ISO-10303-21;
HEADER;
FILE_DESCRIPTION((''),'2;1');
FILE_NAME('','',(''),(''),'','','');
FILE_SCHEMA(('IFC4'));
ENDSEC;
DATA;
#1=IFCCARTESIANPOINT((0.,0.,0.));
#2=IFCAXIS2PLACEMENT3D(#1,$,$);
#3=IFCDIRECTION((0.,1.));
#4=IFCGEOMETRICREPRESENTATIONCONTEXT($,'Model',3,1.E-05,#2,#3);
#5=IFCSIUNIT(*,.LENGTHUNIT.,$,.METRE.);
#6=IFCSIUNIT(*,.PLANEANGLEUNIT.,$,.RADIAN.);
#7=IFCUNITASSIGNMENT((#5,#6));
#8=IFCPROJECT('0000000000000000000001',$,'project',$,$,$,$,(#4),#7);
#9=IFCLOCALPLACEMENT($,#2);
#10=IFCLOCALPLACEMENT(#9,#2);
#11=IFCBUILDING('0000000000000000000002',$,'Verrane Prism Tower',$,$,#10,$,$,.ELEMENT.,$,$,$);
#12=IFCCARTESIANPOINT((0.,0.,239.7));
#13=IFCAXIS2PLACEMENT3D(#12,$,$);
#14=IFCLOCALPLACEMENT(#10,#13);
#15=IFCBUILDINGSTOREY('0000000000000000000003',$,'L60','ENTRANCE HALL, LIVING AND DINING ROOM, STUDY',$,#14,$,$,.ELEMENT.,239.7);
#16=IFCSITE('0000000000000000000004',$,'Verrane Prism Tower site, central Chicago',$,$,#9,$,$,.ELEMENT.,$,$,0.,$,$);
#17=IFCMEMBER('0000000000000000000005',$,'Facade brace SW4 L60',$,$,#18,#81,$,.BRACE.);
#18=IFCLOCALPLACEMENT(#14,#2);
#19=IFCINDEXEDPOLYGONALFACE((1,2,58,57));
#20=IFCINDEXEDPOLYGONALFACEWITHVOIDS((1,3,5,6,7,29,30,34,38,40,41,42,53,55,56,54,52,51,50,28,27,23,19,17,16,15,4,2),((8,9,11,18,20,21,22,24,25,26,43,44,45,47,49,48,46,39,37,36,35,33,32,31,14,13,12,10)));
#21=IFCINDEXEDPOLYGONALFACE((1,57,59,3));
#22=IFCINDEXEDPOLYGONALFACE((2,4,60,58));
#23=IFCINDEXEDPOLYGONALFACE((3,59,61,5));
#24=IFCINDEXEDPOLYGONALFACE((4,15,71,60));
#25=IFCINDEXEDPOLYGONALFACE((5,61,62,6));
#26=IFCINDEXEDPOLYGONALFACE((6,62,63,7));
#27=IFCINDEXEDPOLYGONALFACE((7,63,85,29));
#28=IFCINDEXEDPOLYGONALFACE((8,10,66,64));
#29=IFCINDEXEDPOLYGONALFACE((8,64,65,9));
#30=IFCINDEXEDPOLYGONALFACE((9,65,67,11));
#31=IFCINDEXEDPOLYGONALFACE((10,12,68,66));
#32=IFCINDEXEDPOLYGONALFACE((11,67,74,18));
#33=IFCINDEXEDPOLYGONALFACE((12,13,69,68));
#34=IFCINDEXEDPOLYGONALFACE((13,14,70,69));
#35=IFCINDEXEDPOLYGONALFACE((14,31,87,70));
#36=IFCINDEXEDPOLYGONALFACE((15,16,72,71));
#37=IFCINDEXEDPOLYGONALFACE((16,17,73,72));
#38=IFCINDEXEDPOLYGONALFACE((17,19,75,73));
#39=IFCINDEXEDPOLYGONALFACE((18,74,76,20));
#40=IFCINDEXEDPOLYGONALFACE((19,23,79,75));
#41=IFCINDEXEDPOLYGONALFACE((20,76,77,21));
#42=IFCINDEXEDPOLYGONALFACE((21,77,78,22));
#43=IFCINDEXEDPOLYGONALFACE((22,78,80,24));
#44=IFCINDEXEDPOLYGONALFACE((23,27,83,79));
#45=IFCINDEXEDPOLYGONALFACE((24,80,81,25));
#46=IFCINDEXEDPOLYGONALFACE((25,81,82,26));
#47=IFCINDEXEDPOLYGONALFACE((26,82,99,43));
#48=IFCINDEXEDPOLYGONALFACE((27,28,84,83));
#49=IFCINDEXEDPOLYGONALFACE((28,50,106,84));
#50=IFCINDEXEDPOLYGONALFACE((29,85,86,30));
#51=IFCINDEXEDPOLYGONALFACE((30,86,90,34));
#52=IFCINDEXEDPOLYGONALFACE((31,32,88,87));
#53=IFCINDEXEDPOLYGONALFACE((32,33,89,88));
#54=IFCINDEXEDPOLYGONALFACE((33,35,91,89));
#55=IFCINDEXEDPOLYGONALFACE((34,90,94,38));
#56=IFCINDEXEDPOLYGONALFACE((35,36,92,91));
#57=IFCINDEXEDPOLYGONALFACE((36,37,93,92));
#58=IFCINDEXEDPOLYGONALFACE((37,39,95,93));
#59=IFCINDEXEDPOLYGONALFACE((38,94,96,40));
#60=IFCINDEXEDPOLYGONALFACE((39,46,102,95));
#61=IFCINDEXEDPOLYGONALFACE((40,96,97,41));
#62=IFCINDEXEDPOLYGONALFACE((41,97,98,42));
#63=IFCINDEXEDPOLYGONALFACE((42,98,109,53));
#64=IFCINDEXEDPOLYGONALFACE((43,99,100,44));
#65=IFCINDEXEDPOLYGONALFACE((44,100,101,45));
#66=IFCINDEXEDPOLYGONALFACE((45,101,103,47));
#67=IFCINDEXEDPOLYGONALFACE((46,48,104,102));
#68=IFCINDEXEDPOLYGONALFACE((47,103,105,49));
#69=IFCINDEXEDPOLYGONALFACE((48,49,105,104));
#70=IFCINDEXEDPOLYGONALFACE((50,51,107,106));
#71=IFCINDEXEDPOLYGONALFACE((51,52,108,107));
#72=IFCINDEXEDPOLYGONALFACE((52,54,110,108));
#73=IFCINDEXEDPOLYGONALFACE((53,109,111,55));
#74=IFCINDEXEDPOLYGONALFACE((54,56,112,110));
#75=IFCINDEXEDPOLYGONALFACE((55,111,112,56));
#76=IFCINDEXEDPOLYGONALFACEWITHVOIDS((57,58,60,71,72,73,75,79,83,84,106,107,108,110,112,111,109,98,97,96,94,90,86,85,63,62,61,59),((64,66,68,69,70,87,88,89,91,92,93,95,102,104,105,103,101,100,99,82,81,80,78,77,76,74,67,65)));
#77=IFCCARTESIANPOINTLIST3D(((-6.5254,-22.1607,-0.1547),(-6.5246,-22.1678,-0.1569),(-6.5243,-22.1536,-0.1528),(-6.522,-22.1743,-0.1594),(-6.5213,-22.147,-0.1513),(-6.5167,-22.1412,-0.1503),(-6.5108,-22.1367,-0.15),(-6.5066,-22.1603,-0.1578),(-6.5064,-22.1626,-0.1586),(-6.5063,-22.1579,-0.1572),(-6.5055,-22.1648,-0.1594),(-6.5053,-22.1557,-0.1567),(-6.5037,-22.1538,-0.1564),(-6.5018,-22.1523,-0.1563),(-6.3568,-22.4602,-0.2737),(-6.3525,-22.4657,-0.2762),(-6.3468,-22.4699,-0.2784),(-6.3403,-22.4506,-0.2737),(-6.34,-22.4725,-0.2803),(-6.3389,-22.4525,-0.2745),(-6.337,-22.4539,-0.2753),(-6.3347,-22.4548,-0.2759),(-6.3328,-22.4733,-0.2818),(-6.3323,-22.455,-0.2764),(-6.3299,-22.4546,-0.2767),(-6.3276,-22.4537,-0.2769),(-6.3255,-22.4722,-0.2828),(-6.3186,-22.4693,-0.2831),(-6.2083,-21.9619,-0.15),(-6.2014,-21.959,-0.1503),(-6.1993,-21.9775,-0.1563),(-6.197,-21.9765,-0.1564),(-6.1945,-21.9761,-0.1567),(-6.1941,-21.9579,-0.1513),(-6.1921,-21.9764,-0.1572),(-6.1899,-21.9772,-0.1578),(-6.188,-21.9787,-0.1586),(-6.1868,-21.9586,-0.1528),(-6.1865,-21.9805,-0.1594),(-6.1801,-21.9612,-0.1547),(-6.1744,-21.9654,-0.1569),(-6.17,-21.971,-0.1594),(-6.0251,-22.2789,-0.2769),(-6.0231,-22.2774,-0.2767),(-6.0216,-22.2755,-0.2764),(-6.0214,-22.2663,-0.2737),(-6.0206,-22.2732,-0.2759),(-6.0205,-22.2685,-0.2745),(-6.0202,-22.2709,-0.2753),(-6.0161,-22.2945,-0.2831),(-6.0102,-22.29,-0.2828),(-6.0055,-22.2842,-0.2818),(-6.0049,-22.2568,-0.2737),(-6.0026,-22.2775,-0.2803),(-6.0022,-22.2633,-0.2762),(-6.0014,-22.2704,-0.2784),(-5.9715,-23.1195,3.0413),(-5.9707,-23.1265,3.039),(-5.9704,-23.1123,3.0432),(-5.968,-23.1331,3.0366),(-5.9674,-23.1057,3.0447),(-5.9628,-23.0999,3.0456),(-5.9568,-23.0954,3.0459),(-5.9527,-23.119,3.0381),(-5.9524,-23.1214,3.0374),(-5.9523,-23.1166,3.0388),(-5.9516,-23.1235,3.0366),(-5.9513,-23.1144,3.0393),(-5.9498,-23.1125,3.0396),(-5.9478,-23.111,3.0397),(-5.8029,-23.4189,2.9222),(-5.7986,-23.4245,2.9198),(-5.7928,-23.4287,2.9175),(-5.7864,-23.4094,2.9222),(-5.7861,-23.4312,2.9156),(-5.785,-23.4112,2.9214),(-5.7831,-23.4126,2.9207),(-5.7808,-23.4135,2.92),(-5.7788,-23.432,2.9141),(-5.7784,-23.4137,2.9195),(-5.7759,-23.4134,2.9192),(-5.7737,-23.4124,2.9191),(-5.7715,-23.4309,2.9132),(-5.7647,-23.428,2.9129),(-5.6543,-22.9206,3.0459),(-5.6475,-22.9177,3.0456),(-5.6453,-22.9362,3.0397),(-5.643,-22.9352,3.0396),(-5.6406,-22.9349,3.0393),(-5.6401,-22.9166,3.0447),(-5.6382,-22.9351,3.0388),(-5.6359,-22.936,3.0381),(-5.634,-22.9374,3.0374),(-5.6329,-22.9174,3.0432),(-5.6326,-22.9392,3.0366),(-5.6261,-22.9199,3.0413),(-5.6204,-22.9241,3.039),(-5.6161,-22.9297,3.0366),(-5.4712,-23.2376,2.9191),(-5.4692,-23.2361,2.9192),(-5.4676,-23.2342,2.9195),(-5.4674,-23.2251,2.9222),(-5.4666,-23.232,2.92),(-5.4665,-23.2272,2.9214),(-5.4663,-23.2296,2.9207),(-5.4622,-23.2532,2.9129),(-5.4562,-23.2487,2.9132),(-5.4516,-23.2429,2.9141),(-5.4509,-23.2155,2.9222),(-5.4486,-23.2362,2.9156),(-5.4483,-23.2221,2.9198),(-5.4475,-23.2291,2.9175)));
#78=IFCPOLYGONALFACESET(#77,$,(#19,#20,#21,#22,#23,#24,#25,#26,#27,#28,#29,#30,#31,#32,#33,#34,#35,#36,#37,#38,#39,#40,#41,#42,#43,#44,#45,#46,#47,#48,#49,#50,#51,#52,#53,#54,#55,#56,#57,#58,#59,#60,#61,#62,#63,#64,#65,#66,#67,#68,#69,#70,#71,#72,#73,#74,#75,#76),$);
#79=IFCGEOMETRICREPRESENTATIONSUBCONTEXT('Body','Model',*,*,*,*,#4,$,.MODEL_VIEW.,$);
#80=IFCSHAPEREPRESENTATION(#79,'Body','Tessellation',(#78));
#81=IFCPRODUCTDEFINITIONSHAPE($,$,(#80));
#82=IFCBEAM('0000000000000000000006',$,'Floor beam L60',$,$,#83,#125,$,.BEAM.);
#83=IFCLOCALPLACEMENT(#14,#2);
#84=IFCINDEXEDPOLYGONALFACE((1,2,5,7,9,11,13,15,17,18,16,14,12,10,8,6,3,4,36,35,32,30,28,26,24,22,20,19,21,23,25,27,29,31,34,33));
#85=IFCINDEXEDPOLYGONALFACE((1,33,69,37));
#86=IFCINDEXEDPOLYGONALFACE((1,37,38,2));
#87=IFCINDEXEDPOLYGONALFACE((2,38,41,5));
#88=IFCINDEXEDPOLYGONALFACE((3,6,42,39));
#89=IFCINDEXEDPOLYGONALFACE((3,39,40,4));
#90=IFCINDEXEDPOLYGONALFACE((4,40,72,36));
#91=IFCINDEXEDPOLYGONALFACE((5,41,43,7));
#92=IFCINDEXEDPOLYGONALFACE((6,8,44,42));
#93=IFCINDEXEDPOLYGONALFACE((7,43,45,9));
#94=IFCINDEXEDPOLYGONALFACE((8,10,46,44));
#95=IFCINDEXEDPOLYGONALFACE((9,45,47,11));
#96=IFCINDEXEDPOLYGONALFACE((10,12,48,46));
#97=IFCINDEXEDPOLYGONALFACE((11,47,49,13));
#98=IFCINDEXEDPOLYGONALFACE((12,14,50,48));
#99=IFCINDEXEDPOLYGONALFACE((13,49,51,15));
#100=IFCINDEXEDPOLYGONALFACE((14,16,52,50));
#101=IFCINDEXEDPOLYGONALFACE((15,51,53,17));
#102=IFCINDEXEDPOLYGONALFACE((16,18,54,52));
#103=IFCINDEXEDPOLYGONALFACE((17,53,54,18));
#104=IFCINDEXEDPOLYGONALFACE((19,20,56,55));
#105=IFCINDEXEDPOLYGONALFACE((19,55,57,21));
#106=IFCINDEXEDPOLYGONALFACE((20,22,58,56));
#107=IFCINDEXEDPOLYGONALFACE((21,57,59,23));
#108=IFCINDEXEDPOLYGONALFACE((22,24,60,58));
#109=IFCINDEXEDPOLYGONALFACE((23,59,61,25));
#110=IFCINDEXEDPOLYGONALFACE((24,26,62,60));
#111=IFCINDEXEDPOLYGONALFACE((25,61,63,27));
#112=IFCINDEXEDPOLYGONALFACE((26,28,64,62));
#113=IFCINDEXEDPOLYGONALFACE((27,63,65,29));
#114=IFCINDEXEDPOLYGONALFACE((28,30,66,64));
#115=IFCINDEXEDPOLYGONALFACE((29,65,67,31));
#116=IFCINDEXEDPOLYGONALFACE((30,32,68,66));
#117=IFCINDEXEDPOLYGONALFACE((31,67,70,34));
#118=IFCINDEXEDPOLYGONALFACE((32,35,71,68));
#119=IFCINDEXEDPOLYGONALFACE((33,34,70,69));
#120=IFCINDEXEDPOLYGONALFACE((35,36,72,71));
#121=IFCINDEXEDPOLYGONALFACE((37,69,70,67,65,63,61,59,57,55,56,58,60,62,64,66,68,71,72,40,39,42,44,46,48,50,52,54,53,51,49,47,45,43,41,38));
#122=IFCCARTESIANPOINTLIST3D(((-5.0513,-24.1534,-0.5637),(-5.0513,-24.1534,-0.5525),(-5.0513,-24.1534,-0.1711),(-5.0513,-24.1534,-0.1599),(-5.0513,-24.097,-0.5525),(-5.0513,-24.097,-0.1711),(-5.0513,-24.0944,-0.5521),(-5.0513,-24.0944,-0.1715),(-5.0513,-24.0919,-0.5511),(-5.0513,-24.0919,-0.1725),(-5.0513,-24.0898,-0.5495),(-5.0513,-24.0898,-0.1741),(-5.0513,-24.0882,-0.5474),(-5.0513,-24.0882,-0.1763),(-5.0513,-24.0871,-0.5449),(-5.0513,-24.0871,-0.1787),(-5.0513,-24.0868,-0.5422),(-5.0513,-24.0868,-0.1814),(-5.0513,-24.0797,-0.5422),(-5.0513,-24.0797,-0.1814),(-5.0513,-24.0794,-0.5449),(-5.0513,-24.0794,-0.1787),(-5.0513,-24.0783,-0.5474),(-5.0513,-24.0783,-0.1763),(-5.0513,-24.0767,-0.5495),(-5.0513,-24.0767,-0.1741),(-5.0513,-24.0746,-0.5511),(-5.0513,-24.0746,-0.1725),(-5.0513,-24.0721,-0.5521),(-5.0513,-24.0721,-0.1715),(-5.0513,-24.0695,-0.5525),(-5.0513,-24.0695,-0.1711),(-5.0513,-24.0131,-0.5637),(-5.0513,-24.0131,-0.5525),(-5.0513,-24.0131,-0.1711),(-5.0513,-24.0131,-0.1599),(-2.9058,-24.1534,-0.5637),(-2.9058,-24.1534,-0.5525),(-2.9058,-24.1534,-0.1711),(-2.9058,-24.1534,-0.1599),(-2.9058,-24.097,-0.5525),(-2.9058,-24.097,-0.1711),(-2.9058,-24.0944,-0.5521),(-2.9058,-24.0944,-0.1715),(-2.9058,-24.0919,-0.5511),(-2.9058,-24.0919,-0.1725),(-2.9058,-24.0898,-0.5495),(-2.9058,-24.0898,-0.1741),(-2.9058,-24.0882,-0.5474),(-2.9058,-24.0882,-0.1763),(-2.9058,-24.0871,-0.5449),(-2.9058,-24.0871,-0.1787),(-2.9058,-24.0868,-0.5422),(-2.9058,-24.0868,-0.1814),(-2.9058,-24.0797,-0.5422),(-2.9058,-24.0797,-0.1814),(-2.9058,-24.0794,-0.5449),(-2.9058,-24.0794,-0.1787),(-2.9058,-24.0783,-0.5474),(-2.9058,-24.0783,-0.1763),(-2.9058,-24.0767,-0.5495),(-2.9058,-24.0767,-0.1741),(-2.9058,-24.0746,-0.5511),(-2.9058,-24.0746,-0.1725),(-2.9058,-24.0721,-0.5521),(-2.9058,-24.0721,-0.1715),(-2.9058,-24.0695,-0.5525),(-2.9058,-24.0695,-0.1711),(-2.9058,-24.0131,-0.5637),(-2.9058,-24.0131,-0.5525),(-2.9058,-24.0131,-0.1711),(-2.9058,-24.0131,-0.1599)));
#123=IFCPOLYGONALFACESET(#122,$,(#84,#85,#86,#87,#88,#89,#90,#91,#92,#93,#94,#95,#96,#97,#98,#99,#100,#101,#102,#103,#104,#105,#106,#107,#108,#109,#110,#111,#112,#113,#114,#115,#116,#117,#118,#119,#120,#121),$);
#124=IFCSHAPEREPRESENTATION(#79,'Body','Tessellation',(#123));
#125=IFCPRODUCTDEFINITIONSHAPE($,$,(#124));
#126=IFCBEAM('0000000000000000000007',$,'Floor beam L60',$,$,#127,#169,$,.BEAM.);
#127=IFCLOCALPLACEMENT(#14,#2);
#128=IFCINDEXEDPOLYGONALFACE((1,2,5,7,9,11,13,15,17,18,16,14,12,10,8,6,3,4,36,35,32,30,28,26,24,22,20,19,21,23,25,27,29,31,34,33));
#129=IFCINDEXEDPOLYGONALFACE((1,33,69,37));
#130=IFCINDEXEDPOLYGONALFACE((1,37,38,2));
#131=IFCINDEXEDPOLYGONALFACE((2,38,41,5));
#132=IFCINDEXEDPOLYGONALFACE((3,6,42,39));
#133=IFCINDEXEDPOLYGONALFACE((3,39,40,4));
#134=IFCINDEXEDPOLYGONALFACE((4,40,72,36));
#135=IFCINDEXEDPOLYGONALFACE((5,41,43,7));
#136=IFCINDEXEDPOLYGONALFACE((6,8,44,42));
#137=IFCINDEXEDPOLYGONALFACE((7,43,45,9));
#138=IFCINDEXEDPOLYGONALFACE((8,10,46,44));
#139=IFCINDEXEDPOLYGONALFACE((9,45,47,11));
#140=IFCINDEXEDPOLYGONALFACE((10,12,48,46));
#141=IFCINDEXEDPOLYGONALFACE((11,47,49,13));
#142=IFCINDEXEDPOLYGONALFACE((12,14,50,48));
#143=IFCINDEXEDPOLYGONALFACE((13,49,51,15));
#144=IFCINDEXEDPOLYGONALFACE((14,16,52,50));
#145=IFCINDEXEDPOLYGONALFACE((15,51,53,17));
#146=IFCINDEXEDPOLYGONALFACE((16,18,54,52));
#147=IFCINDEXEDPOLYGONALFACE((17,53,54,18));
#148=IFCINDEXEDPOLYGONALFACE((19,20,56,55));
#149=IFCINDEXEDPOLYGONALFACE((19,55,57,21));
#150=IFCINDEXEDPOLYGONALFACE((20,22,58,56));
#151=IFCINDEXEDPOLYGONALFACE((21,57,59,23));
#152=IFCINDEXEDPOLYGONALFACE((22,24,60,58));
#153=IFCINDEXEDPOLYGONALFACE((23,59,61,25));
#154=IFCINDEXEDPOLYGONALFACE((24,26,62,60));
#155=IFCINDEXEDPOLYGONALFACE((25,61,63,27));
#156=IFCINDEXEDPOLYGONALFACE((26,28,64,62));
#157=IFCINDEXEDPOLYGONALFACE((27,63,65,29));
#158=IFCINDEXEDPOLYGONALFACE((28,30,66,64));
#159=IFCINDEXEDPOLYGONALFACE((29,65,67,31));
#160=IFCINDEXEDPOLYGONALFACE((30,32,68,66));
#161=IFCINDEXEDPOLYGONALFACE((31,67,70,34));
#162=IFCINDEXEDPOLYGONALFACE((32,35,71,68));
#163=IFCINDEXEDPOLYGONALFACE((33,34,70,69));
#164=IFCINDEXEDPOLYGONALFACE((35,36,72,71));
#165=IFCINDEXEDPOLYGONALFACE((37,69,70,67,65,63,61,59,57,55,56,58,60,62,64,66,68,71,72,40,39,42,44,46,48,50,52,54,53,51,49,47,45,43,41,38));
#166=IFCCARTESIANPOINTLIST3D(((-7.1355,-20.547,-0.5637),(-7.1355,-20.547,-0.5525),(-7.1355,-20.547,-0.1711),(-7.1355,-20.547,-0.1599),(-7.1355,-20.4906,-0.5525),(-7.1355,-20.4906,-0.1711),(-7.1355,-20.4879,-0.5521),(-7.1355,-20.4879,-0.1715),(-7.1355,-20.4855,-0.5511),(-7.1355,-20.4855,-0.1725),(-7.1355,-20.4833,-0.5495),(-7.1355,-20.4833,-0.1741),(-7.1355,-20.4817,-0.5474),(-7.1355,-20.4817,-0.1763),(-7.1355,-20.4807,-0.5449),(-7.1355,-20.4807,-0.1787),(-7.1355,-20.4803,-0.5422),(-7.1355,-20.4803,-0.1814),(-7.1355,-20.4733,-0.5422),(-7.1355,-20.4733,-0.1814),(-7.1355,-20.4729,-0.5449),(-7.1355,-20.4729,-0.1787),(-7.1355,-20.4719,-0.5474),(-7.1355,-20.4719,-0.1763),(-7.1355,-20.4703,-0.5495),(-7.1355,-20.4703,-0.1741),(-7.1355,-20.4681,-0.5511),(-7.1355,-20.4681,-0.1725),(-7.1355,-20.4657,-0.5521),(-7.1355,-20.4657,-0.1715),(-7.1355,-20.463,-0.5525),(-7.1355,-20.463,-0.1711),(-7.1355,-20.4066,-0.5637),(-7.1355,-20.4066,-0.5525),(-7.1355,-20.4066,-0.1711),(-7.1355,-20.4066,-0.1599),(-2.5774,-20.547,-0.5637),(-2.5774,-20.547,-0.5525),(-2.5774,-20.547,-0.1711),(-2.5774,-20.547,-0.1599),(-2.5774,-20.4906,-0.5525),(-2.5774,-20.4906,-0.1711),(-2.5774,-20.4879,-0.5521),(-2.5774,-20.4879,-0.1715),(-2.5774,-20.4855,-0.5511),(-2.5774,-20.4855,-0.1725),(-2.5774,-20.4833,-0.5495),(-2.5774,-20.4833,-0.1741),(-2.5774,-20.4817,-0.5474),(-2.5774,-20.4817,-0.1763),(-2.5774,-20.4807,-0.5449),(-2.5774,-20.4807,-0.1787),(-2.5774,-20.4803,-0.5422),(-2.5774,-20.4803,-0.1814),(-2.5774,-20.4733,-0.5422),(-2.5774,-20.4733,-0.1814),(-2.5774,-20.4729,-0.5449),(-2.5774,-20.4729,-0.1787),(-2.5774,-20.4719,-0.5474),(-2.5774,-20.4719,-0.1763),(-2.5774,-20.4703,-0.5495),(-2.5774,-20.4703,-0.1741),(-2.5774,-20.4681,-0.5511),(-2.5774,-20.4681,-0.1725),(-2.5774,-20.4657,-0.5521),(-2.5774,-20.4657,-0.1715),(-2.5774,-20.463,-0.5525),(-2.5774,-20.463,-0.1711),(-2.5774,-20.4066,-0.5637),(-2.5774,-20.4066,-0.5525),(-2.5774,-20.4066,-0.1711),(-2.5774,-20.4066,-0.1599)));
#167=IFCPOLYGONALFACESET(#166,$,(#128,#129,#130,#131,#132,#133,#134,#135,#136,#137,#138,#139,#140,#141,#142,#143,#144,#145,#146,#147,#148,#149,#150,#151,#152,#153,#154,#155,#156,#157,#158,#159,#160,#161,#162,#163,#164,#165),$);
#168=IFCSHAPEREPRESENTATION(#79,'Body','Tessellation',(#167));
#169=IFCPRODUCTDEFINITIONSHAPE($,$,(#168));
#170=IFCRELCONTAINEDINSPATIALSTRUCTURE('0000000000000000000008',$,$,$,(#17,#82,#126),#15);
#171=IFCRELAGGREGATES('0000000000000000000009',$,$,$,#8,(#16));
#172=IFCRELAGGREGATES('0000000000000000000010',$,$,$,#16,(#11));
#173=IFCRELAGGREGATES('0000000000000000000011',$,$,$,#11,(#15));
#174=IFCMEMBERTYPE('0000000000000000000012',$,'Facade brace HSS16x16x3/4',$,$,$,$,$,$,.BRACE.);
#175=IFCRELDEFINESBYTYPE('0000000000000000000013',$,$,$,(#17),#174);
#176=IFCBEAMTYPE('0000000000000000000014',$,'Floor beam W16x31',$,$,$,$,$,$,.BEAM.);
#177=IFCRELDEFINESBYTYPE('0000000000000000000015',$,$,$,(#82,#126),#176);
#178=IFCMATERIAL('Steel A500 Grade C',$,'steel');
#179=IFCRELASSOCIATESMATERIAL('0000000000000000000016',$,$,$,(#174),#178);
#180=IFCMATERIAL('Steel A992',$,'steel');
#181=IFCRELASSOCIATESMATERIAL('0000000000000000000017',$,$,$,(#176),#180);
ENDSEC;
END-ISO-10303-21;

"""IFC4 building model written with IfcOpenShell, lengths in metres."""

from ifc_helpers import new_model, si_unit, direction, frame, origin, origin_2d, place, context, subcontext, project, spatial, hollow_rectangle, i_section, extrude, material, material_profile, profile_set, type_object, element, save


model = new_model("IFC4")

# Units and contexts
model_context = context("Model", 3, precision=1e-05, world=origin(), true_north=direction((0.0, 1.0)))
body_context = subcontext(model_context, "Body", "Model", "MODEL_VIEW")
ifc_project = project(units=[si_unit("LENGTHUNIT", "METRE"), si_unit("PLANEANGLEUNIT", "RADIAN")], contexts=[model_context])

# Site, building, storey
site_placement = place(None, origin())
site = spatial("IfcSite", under=ifc_project, at=site_placement, Name="Verrane Prism Tower site, central Chicago", CompositionType="ELEMENT", RefElevation=0.0)
building_placement = place(site_placement, origin())
building = spatial("IfcBuilding", under=site, at=building_placement, Name="Verrane Prism Tower", CompositionType="ELEMENT")
storey_placement = place(building_placement, frame((0.0, 0.0, 239.7)))
storey = spatial("IfcBuildingStorey", under=building, at=storey_placement, Name="L60", Description="ENTRANCE HALL, LIVING AND DINING ROOM, STUDY", CompositionType="ELEMENT", Elevation=239.7)

# Member
ifc_material_1 = material(Name="Steel A500 Grade C", Category="steel")
ifc_material_profile_1 = material_profile(ifc_material_1, hollow_rectangle(XDim=0.4065, YDim=0.4065, WallThickness=0.019, InnerFilletRadius=0.0095, OuterFilletRadius=0.0286, at=origin_2d()), Name="HSS16x16x3/4")
ifc_profile_set_1 = profile_set([ifc_material_profile_1], Name="Steel A500 Grade C")
member_type_1 = type_object("IfcMemberType", Name="Facade brace HSS16x16x3/4", PredefinedType="BRACE", material=ifc_profile_set_1)
member_1_placement = place(storey_placement, frame((-6.2634, -22.2156, -0.2166), z_axis=(0.163775, -0.283448, 0.944899), x_axis=(0.865859, 0.500289, 0.0)))
element("IfcMember", 1, at=member_1_placement, inside=storey, type_object=member_type_1, Name="Facade brace SW4 L60", PredefinedType="BRACE", context=body_context, shape_type="SweptSolid", body=[
    extrude(hollow_rectangle(XDim=0.4065, YDim=0.4065, WallThickness=0.019, InnerFilletRadius=0.0095, OuterFilletRadius=0.0286, at=origin_2d()), origin(), (0.0, 0.0, 1.0), 3.3823),
])

# Beams
ifc_material_2 = material(Name="Steel A992", Category="steel")
ifc_material_profile_2 = material_profile(ifc_material_2, i_section(OverallWidth=0.1404, OverallDepth=0.4038, WebThickness=0.0071, FlangeThickness=0.0112, FilletRadius=0.0103, at=origin_2d()), Name="W16x31")
ifc_profile_set_2 = profile_set([ifc_material_profile_2], Name="Steel A992")
beam_type_1 = type_object("IfcBeamType", Name="Floor beam W16x31", PredefinedType="BEAM", material=ifc_profile_set_2)
beam_1_placement = place(storey_placement, frame((-5.0513, -24.0833, -0.3618), z_axis=(1.0, 0.0, 0.0), x_axis=(0.0, 1.0, 0.0)))
element("IfcBeam", 2, at=beam_1_placement, inside=storey, type_object=beam_type_1, Name="Floor beam L60", PredefinedType="BEAM", context=body_context, shape_type="SweptSolid", body=[
    extrude(i_section(OverallWidth=0.1404, OverallDepth=0.4038, WebThickness=0.0071, FlangeThickness=0.0112, FilletRadius=0.0103, at=origin_2d()), origin(), (0.0, 0.0, 1.0), 2.1455),
])
beam_2_placement = place(storey_placement, frame((-7.1355, -20.4768, -0.3618), z_axis=(1.0, 0.0, 0.0), x_axis=(0.0, 1.0, 0.0)))
element("IfcBeam", 3, at=beam_2_placement, inside=storey, type_object=beam_type_1, Name="Floor beam L60", PredefinedType="BEAM", context=body_context, shape_type="SweptSolid", body=[
    extrude(i_section(OverallWidth=0.1404, OverallDepth=0.4038, WebThickness=0.0071, FlangeThickness=0.0112, FilletRadius=0.0103, at=origin_2d()), origin(), (0.0, 0.0, 1.0), 4.5581),
])

save(model, "model.ifc")
